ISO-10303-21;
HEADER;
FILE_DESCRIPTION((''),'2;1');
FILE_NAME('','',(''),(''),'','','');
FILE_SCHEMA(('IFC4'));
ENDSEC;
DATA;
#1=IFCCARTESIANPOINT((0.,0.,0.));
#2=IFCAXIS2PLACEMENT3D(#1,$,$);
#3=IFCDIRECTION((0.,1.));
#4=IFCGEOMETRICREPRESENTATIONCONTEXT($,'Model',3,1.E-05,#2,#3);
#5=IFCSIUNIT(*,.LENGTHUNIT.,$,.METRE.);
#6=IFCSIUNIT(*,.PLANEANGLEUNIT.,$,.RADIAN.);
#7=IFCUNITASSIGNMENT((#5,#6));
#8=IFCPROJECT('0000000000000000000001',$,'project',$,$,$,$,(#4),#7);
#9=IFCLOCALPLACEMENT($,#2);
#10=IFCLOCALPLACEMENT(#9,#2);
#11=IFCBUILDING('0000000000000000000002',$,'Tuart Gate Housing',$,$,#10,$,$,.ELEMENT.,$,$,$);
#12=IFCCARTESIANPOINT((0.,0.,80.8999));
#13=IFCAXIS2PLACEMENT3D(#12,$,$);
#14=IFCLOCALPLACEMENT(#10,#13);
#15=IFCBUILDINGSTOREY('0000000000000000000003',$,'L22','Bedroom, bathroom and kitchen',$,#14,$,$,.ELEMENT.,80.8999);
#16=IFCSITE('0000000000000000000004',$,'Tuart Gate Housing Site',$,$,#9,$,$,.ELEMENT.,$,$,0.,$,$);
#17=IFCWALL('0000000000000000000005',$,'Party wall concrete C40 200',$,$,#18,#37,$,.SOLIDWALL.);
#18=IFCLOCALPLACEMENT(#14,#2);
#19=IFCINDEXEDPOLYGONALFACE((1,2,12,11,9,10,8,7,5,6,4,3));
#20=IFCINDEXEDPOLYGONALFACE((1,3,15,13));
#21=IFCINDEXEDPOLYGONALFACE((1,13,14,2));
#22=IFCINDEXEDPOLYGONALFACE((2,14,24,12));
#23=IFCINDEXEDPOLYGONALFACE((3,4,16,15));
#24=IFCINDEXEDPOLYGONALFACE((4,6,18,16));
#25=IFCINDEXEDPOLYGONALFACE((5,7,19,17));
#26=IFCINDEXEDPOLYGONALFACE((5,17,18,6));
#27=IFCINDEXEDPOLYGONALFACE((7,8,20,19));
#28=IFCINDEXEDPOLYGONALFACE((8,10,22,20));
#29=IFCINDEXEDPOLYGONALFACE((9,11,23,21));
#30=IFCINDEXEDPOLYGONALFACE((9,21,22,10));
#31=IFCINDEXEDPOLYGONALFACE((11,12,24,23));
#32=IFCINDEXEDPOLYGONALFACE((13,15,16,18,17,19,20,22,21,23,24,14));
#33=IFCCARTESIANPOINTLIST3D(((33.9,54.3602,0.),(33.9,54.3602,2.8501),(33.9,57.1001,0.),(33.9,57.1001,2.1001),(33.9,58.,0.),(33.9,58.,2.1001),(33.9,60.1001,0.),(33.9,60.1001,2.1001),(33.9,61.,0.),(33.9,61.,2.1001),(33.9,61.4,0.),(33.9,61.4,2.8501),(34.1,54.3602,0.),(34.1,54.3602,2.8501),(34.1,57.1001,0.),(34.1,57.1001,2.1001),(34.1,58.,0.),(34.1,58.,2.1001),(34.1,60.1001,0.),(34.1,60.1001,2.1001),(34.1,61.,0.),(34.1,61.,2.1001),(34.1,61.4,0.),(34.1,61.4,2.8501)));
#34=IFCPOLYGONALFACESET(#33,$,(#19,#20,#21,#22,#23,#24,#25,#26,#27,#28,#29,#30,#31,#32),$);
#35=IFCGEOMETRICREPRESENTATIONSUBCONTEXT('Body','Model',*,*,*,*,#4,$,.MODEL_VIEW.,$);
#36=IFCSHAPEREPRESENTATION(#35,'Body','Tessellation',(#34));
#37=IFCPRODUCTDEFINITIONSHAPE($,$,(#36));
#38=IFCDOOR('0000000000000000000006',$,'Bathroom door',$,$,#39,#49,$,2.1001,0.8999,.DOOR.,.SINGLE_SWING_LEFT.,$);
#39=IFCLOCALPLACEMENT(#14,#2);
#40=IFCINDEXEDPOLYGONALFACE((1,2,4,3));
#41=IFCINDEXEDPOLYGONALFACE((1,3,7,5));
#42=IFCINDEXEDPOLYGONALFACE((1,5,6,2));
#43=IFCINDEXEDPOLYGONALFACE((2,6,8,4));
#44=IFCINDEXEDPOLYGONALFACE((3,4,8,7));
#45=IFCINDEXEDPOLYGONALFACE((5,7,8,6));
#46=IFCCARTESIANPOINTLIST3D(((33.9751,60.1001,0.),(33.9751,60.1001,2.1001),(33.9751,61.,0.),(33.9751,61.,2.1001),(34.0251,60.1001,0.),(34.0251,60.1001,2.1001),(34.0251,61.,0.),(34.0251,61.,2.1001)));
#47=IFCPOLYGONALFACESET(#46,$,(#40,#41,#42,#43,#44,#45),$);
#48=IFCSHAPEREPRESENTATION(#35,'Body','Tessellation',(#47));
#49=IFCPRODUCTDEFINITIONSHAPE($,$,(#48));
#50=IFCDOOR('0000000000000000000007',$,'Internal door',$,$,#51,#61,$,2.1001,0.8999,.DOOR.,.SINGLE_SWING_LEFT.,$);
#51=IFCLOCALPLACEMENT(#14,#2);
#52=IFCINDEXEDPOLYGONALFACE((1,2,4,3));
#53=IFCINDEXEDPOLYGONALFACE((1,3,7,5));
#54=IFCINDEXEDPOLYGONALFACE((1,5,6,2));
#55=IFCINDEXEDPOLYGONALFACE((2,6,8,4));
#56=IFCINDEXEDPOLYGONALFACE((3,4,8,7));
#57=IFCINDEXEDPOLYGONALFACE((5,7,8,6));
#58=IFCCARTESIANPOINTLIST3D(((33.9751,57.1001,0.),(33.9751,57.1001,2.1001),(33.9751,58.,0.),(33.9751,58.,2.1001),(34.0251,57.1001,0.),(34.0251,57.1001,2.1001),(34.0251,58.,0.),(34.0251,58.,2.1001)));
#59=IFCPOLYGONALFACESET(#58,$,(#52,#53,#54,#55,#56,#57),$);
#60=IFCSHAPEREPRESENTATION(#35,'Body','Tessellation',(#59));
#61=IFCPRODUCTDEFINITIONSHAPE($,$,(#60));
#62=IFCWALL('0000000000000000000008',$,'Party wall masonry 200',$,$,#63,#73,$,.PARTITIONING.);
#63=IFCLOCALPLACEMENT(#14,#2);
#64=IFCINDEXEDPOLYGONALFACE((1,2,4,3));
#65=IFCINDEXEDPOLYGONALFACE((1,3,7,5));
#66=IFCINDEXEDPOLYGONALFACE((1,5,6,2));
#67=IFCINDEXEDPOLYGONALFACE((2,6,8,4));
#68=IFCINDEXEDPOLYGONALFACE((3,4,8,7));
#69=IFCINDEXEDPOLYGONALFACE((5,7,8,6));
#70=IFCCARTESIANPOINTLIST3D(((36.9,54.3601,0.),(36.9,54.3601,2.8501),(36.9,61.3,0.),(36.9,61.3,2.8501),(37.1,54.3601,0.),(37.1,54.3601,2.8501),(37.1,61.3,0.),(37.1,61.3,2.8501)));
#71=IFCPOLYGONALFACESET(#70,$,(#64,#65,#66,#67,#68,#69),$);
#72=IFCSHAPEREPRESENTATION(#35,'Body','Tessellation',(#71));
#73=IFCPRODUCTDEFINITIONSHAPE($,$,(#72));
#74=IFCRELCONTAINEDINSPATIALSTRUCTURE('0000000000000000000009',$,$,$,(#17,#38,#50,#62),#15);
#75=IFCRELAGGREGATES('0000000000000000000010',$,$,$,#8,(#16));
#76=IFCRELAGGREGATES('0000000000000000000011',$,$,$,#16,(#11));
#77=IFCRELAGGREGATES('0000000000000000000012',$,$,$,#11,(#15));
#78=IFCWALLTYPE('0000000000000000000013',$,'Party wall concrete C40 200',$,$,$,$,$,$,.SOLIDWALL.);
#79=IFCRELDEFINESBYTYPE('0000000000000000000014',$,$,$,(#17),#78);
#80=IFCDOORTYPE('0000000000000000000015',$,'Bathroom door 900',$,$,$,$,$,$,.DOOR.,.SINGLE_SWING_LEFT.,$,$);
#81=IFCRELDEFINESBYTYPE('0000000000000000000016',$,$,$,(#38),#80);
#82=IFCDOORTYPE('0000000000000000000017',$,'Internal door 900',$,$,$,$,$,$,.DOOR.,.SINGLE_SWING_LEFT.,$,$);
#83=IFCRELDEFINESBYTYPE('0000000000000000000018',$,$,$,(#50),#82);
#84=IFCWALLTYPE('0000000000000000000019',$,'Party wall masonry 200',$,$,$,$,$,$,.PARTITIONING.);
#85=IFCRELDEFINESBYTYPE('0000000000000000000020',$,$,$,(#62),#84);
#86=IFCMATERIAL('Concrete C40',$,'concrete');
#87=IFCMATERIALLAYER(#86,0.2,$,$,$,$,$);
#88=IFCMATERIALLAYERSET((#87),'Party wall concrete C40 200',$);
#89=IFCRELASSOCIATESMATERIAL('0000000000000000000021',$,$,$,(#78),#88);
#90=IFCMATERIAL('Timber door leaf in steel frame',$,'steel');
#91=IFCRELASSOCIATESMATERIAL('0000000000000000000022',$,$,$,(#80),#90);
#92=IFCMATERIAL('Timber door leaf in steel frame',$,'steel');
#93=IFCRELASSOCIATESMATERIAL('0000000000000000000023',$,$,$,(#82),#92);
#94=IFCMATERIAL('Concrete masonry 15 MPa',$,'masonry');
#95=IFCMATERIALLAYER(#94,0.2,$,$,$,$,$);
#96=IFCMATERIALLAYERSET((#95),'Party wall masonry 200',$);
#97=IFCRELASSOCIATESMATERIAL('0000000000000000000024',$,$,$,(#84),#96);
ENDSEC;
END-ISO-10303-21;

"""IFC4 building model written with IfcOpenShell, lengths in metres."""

from ifc_helpers import new_model, si_unit, direction, frame, frame_2d, origin, place, context, subcontext, project, spatial, rectangle, extrude, material, layer, layer_set, type_object, element, fill, save


model = new_model("IFC4")

# Units and contexts
model_context = context("Model", 3, precision=1e-05, world=origin(), true_north=direction((0.0, 1.0)))
body_context = subcontext(model_context, "Body", "Model", "MODEL_VIEW")
ifc_project = project(units=[si_unit("LENGTHUNIT", "METRE"), si_unit("PLANEANGLEUNIT", "RADIAN")], contexts=[model_context])

# Site, building, storey
site_placement = place(None, origin())
site = spatial("IfcSite", under=ifc_project, at=site_placement, Name="Tuart Gate Housing Site", CompositionType="ELEMENT", RefElevation=0.0)
building_placement = place(site_placement, origin())
building = spatial("IfcBuilding", under=site, at=building_placement, Name="Tuart Gate Housing", CompositionType="ELEMENT")
storey_placement = place(building_placement, frame((0.0, 0.0, 80.8999)))
storey = spatial("IfcBuildingStorey", under=building, at=storey_placement, Name="L22", Description="Bedroom, bathroom and kitchen", CompositionType="ELEMENT", Elevation=80.8999)

# Wall, openings, doors
ifc_material_1 = material(Name="Concrete C40", Category="concrete")
ifc_layer_1 = layer(ifc_material_1, 0.2)
ifc_layer_set_1 = layer_set([ifc_layer_1], Name="Party wall concrete C40 200")
wall_type_1 = type_object("IfcWallType", Name="Party wall concrete C40 200", PredefinedType="SOLIDWALL", material=ifc_layer_set_1)
wall_1_placement = place(storey_placement, frame((34.0, 54.3601, 0.0), z_axis=(0.0, 0.0, 1.0), x_axis=(0.0, 1.0, 0.0)))
wall_1 = element("IfcWall", 1, at=wall_1_placement, inside=storey, type_object=wall_type_1, Name="Party wall concrete C40 200", PredefinedType="SOLIDWALL", context=body_context, shape_type="SweptSolid", body=[
    extrude(rectangle(XDim=7.0398, YDim=0.2, at=frame_2d((3.52, 0.0))), origin(), (0.0, 0.0, 1.0), 2.8501),
])
opening_1_placement = place(wall_1_placement, frame((2.74, 0.0, 0.0)))
opening_1 = element("IfcOpeningElement", 2, at=opening_1_placement, cuts=wall_1, PredefinedType="OPENING", context=body_context, shape_type="SweptSolid", body=[
    extrude(rectangle(XDim=0.8999, YDim=2.1001, at=frame_2d((0.45, 1.05))), frame((0.0, 0.1099, 0.0), z_axis=(0.0, -1.0, 0.0), x_axis=(1.0, 0.0, 0.0)), (0.0, 0.0, 1.0), 0.22),
])
opening_2_placement = place(wall_1_placement, frame((5.74, 0.0, 0.0)))
opening_2 = element("IfcOpeningElement", 3, at=opening_2_placement, cuts=wall_1, PredefinedType="OPENING", context=body_context, shape_type="SweptSolid", body=[
    extrude(rectangle(XDim=0.8999, YDim=2.1001, at=frame_2d((0.45, 1.05))), frame((0.0, 0.1099, 0.0), z_axis=(0.0, -1.0, 0.0), x_axis=(1.0, 0.0, 0.0)), (0.0, 0.0, 1.0), 0.22),
])
ifc_material_2 = material(Name="Timber door leaf in steel frame", Category="steel")
door_type_1 = type_object("IfcDoorType", Name="Bathroom door 900", OperationType="SINGLE_SWING_LEFT", PredefinedType="DOOR", material=ifc_material_2)
door_1_placement = place(opening_2_placement, frame((0.8999, 0.0, 0.0), z_axis=(0.0, 0.0, 1.0), x_axis=(-1.0, 0.0, 0.0)))
door_1 = element("IfcDoor", 4, at=door_1_placement, inside=storey, type_object=door_type_1, Name="Bathroom door", OperationType="SINGLE_SWING_LEFT", OverallHeight=2.1001, OverallWidth=0.8999, PredefinedType="DOOR", context=body_context, shape_type="SweptSolid", body=[
    extrude(rectangle(XDim=0.8999, YDim=2.1001, at=frame_2d((0.45, 1.05))), frame((0.0, 0.0251, 0.0), z_axis=(0.0, -1.0, 0.0), x_axis=(1.0, 0.0, 0.0)), (0.0, 0.0, 1.0), 0.05),
])
fill(opening_2, door_1)
ifc_material_3 = material(Name="Timber door leaf in steel frame", Category="steel")
door_type_2 = type_object("IfcDoorType", Name="Internal door 900", OperationType="SINGLE_SWING_LEFT", PredefinedType="DOOR", material=ifc_material_3)
door_2_placement = place(opening_1_placement, frame((0.8999, 0.0, 0.0), z_axis=(0.0, 0.0, 1.0), x_axis=(-1.0, 0.0, 0.0)))
door_2 = element("IfcDoor", 5, at=door_2_placement, inside=storey, type_object=door_type_2, Name="Internal door", OperationType="SINGLE_SWING_LEFT", OverallHeight=2.1001, OverallWidth=0.8999, PredefinedType="DOOR", context=body_context, shape_type="SweptSolid", body=[
    extrude(rectangle(XDim=0.8999, YDim=2.1001, at=frame_2d((0.45, 1.05))), frame((0.0, 0.0251, 0.0), z_axis=(0.0, -1.0, 0.0), x_axis=(1.0, 0.0, 0.0)), (0.0, 0.0, 1.0), 0.05),
])
fill(opening_1, door_2)

# Wall
ifc_material_4 = material(Name="Concrete masonry 15 MPa", Category="masonry")
ifc_layer_2 = layer(ifc_material_4, 0.2)
ifc_layer_set_2 = layer_set([ifc_layer_2], Name="Party wall masonry 200")
wall_type_2 = type_object("IfcWallType", Name="Party wall masonry 200", PredefinedType="PARTITIONING", material=ifc_layer_set_2)
wall_2_placement = place(storey_placement, frame((37.0, 54.3601, 0.0), z_axis=(0.0, 0.0, 1.0), x_axis=(0.0, 1.0, 0.0)))
element("IfcWall", 6, at=wall_2_placement, inside=storey, type_object=wall_type_2, Name="Party wall masonry 200", PredefinedType="PARTITIONING", context=body_context, shape_type="SweptSolid", body=[
    extrude(rectangle(XDim=6.9399, YDim=0.2, at=frame_2d((3.47, 0.0))), origin(), (0.0, 0.0, 1.0), 2.8501),
])

save(model, "model.ifc")
